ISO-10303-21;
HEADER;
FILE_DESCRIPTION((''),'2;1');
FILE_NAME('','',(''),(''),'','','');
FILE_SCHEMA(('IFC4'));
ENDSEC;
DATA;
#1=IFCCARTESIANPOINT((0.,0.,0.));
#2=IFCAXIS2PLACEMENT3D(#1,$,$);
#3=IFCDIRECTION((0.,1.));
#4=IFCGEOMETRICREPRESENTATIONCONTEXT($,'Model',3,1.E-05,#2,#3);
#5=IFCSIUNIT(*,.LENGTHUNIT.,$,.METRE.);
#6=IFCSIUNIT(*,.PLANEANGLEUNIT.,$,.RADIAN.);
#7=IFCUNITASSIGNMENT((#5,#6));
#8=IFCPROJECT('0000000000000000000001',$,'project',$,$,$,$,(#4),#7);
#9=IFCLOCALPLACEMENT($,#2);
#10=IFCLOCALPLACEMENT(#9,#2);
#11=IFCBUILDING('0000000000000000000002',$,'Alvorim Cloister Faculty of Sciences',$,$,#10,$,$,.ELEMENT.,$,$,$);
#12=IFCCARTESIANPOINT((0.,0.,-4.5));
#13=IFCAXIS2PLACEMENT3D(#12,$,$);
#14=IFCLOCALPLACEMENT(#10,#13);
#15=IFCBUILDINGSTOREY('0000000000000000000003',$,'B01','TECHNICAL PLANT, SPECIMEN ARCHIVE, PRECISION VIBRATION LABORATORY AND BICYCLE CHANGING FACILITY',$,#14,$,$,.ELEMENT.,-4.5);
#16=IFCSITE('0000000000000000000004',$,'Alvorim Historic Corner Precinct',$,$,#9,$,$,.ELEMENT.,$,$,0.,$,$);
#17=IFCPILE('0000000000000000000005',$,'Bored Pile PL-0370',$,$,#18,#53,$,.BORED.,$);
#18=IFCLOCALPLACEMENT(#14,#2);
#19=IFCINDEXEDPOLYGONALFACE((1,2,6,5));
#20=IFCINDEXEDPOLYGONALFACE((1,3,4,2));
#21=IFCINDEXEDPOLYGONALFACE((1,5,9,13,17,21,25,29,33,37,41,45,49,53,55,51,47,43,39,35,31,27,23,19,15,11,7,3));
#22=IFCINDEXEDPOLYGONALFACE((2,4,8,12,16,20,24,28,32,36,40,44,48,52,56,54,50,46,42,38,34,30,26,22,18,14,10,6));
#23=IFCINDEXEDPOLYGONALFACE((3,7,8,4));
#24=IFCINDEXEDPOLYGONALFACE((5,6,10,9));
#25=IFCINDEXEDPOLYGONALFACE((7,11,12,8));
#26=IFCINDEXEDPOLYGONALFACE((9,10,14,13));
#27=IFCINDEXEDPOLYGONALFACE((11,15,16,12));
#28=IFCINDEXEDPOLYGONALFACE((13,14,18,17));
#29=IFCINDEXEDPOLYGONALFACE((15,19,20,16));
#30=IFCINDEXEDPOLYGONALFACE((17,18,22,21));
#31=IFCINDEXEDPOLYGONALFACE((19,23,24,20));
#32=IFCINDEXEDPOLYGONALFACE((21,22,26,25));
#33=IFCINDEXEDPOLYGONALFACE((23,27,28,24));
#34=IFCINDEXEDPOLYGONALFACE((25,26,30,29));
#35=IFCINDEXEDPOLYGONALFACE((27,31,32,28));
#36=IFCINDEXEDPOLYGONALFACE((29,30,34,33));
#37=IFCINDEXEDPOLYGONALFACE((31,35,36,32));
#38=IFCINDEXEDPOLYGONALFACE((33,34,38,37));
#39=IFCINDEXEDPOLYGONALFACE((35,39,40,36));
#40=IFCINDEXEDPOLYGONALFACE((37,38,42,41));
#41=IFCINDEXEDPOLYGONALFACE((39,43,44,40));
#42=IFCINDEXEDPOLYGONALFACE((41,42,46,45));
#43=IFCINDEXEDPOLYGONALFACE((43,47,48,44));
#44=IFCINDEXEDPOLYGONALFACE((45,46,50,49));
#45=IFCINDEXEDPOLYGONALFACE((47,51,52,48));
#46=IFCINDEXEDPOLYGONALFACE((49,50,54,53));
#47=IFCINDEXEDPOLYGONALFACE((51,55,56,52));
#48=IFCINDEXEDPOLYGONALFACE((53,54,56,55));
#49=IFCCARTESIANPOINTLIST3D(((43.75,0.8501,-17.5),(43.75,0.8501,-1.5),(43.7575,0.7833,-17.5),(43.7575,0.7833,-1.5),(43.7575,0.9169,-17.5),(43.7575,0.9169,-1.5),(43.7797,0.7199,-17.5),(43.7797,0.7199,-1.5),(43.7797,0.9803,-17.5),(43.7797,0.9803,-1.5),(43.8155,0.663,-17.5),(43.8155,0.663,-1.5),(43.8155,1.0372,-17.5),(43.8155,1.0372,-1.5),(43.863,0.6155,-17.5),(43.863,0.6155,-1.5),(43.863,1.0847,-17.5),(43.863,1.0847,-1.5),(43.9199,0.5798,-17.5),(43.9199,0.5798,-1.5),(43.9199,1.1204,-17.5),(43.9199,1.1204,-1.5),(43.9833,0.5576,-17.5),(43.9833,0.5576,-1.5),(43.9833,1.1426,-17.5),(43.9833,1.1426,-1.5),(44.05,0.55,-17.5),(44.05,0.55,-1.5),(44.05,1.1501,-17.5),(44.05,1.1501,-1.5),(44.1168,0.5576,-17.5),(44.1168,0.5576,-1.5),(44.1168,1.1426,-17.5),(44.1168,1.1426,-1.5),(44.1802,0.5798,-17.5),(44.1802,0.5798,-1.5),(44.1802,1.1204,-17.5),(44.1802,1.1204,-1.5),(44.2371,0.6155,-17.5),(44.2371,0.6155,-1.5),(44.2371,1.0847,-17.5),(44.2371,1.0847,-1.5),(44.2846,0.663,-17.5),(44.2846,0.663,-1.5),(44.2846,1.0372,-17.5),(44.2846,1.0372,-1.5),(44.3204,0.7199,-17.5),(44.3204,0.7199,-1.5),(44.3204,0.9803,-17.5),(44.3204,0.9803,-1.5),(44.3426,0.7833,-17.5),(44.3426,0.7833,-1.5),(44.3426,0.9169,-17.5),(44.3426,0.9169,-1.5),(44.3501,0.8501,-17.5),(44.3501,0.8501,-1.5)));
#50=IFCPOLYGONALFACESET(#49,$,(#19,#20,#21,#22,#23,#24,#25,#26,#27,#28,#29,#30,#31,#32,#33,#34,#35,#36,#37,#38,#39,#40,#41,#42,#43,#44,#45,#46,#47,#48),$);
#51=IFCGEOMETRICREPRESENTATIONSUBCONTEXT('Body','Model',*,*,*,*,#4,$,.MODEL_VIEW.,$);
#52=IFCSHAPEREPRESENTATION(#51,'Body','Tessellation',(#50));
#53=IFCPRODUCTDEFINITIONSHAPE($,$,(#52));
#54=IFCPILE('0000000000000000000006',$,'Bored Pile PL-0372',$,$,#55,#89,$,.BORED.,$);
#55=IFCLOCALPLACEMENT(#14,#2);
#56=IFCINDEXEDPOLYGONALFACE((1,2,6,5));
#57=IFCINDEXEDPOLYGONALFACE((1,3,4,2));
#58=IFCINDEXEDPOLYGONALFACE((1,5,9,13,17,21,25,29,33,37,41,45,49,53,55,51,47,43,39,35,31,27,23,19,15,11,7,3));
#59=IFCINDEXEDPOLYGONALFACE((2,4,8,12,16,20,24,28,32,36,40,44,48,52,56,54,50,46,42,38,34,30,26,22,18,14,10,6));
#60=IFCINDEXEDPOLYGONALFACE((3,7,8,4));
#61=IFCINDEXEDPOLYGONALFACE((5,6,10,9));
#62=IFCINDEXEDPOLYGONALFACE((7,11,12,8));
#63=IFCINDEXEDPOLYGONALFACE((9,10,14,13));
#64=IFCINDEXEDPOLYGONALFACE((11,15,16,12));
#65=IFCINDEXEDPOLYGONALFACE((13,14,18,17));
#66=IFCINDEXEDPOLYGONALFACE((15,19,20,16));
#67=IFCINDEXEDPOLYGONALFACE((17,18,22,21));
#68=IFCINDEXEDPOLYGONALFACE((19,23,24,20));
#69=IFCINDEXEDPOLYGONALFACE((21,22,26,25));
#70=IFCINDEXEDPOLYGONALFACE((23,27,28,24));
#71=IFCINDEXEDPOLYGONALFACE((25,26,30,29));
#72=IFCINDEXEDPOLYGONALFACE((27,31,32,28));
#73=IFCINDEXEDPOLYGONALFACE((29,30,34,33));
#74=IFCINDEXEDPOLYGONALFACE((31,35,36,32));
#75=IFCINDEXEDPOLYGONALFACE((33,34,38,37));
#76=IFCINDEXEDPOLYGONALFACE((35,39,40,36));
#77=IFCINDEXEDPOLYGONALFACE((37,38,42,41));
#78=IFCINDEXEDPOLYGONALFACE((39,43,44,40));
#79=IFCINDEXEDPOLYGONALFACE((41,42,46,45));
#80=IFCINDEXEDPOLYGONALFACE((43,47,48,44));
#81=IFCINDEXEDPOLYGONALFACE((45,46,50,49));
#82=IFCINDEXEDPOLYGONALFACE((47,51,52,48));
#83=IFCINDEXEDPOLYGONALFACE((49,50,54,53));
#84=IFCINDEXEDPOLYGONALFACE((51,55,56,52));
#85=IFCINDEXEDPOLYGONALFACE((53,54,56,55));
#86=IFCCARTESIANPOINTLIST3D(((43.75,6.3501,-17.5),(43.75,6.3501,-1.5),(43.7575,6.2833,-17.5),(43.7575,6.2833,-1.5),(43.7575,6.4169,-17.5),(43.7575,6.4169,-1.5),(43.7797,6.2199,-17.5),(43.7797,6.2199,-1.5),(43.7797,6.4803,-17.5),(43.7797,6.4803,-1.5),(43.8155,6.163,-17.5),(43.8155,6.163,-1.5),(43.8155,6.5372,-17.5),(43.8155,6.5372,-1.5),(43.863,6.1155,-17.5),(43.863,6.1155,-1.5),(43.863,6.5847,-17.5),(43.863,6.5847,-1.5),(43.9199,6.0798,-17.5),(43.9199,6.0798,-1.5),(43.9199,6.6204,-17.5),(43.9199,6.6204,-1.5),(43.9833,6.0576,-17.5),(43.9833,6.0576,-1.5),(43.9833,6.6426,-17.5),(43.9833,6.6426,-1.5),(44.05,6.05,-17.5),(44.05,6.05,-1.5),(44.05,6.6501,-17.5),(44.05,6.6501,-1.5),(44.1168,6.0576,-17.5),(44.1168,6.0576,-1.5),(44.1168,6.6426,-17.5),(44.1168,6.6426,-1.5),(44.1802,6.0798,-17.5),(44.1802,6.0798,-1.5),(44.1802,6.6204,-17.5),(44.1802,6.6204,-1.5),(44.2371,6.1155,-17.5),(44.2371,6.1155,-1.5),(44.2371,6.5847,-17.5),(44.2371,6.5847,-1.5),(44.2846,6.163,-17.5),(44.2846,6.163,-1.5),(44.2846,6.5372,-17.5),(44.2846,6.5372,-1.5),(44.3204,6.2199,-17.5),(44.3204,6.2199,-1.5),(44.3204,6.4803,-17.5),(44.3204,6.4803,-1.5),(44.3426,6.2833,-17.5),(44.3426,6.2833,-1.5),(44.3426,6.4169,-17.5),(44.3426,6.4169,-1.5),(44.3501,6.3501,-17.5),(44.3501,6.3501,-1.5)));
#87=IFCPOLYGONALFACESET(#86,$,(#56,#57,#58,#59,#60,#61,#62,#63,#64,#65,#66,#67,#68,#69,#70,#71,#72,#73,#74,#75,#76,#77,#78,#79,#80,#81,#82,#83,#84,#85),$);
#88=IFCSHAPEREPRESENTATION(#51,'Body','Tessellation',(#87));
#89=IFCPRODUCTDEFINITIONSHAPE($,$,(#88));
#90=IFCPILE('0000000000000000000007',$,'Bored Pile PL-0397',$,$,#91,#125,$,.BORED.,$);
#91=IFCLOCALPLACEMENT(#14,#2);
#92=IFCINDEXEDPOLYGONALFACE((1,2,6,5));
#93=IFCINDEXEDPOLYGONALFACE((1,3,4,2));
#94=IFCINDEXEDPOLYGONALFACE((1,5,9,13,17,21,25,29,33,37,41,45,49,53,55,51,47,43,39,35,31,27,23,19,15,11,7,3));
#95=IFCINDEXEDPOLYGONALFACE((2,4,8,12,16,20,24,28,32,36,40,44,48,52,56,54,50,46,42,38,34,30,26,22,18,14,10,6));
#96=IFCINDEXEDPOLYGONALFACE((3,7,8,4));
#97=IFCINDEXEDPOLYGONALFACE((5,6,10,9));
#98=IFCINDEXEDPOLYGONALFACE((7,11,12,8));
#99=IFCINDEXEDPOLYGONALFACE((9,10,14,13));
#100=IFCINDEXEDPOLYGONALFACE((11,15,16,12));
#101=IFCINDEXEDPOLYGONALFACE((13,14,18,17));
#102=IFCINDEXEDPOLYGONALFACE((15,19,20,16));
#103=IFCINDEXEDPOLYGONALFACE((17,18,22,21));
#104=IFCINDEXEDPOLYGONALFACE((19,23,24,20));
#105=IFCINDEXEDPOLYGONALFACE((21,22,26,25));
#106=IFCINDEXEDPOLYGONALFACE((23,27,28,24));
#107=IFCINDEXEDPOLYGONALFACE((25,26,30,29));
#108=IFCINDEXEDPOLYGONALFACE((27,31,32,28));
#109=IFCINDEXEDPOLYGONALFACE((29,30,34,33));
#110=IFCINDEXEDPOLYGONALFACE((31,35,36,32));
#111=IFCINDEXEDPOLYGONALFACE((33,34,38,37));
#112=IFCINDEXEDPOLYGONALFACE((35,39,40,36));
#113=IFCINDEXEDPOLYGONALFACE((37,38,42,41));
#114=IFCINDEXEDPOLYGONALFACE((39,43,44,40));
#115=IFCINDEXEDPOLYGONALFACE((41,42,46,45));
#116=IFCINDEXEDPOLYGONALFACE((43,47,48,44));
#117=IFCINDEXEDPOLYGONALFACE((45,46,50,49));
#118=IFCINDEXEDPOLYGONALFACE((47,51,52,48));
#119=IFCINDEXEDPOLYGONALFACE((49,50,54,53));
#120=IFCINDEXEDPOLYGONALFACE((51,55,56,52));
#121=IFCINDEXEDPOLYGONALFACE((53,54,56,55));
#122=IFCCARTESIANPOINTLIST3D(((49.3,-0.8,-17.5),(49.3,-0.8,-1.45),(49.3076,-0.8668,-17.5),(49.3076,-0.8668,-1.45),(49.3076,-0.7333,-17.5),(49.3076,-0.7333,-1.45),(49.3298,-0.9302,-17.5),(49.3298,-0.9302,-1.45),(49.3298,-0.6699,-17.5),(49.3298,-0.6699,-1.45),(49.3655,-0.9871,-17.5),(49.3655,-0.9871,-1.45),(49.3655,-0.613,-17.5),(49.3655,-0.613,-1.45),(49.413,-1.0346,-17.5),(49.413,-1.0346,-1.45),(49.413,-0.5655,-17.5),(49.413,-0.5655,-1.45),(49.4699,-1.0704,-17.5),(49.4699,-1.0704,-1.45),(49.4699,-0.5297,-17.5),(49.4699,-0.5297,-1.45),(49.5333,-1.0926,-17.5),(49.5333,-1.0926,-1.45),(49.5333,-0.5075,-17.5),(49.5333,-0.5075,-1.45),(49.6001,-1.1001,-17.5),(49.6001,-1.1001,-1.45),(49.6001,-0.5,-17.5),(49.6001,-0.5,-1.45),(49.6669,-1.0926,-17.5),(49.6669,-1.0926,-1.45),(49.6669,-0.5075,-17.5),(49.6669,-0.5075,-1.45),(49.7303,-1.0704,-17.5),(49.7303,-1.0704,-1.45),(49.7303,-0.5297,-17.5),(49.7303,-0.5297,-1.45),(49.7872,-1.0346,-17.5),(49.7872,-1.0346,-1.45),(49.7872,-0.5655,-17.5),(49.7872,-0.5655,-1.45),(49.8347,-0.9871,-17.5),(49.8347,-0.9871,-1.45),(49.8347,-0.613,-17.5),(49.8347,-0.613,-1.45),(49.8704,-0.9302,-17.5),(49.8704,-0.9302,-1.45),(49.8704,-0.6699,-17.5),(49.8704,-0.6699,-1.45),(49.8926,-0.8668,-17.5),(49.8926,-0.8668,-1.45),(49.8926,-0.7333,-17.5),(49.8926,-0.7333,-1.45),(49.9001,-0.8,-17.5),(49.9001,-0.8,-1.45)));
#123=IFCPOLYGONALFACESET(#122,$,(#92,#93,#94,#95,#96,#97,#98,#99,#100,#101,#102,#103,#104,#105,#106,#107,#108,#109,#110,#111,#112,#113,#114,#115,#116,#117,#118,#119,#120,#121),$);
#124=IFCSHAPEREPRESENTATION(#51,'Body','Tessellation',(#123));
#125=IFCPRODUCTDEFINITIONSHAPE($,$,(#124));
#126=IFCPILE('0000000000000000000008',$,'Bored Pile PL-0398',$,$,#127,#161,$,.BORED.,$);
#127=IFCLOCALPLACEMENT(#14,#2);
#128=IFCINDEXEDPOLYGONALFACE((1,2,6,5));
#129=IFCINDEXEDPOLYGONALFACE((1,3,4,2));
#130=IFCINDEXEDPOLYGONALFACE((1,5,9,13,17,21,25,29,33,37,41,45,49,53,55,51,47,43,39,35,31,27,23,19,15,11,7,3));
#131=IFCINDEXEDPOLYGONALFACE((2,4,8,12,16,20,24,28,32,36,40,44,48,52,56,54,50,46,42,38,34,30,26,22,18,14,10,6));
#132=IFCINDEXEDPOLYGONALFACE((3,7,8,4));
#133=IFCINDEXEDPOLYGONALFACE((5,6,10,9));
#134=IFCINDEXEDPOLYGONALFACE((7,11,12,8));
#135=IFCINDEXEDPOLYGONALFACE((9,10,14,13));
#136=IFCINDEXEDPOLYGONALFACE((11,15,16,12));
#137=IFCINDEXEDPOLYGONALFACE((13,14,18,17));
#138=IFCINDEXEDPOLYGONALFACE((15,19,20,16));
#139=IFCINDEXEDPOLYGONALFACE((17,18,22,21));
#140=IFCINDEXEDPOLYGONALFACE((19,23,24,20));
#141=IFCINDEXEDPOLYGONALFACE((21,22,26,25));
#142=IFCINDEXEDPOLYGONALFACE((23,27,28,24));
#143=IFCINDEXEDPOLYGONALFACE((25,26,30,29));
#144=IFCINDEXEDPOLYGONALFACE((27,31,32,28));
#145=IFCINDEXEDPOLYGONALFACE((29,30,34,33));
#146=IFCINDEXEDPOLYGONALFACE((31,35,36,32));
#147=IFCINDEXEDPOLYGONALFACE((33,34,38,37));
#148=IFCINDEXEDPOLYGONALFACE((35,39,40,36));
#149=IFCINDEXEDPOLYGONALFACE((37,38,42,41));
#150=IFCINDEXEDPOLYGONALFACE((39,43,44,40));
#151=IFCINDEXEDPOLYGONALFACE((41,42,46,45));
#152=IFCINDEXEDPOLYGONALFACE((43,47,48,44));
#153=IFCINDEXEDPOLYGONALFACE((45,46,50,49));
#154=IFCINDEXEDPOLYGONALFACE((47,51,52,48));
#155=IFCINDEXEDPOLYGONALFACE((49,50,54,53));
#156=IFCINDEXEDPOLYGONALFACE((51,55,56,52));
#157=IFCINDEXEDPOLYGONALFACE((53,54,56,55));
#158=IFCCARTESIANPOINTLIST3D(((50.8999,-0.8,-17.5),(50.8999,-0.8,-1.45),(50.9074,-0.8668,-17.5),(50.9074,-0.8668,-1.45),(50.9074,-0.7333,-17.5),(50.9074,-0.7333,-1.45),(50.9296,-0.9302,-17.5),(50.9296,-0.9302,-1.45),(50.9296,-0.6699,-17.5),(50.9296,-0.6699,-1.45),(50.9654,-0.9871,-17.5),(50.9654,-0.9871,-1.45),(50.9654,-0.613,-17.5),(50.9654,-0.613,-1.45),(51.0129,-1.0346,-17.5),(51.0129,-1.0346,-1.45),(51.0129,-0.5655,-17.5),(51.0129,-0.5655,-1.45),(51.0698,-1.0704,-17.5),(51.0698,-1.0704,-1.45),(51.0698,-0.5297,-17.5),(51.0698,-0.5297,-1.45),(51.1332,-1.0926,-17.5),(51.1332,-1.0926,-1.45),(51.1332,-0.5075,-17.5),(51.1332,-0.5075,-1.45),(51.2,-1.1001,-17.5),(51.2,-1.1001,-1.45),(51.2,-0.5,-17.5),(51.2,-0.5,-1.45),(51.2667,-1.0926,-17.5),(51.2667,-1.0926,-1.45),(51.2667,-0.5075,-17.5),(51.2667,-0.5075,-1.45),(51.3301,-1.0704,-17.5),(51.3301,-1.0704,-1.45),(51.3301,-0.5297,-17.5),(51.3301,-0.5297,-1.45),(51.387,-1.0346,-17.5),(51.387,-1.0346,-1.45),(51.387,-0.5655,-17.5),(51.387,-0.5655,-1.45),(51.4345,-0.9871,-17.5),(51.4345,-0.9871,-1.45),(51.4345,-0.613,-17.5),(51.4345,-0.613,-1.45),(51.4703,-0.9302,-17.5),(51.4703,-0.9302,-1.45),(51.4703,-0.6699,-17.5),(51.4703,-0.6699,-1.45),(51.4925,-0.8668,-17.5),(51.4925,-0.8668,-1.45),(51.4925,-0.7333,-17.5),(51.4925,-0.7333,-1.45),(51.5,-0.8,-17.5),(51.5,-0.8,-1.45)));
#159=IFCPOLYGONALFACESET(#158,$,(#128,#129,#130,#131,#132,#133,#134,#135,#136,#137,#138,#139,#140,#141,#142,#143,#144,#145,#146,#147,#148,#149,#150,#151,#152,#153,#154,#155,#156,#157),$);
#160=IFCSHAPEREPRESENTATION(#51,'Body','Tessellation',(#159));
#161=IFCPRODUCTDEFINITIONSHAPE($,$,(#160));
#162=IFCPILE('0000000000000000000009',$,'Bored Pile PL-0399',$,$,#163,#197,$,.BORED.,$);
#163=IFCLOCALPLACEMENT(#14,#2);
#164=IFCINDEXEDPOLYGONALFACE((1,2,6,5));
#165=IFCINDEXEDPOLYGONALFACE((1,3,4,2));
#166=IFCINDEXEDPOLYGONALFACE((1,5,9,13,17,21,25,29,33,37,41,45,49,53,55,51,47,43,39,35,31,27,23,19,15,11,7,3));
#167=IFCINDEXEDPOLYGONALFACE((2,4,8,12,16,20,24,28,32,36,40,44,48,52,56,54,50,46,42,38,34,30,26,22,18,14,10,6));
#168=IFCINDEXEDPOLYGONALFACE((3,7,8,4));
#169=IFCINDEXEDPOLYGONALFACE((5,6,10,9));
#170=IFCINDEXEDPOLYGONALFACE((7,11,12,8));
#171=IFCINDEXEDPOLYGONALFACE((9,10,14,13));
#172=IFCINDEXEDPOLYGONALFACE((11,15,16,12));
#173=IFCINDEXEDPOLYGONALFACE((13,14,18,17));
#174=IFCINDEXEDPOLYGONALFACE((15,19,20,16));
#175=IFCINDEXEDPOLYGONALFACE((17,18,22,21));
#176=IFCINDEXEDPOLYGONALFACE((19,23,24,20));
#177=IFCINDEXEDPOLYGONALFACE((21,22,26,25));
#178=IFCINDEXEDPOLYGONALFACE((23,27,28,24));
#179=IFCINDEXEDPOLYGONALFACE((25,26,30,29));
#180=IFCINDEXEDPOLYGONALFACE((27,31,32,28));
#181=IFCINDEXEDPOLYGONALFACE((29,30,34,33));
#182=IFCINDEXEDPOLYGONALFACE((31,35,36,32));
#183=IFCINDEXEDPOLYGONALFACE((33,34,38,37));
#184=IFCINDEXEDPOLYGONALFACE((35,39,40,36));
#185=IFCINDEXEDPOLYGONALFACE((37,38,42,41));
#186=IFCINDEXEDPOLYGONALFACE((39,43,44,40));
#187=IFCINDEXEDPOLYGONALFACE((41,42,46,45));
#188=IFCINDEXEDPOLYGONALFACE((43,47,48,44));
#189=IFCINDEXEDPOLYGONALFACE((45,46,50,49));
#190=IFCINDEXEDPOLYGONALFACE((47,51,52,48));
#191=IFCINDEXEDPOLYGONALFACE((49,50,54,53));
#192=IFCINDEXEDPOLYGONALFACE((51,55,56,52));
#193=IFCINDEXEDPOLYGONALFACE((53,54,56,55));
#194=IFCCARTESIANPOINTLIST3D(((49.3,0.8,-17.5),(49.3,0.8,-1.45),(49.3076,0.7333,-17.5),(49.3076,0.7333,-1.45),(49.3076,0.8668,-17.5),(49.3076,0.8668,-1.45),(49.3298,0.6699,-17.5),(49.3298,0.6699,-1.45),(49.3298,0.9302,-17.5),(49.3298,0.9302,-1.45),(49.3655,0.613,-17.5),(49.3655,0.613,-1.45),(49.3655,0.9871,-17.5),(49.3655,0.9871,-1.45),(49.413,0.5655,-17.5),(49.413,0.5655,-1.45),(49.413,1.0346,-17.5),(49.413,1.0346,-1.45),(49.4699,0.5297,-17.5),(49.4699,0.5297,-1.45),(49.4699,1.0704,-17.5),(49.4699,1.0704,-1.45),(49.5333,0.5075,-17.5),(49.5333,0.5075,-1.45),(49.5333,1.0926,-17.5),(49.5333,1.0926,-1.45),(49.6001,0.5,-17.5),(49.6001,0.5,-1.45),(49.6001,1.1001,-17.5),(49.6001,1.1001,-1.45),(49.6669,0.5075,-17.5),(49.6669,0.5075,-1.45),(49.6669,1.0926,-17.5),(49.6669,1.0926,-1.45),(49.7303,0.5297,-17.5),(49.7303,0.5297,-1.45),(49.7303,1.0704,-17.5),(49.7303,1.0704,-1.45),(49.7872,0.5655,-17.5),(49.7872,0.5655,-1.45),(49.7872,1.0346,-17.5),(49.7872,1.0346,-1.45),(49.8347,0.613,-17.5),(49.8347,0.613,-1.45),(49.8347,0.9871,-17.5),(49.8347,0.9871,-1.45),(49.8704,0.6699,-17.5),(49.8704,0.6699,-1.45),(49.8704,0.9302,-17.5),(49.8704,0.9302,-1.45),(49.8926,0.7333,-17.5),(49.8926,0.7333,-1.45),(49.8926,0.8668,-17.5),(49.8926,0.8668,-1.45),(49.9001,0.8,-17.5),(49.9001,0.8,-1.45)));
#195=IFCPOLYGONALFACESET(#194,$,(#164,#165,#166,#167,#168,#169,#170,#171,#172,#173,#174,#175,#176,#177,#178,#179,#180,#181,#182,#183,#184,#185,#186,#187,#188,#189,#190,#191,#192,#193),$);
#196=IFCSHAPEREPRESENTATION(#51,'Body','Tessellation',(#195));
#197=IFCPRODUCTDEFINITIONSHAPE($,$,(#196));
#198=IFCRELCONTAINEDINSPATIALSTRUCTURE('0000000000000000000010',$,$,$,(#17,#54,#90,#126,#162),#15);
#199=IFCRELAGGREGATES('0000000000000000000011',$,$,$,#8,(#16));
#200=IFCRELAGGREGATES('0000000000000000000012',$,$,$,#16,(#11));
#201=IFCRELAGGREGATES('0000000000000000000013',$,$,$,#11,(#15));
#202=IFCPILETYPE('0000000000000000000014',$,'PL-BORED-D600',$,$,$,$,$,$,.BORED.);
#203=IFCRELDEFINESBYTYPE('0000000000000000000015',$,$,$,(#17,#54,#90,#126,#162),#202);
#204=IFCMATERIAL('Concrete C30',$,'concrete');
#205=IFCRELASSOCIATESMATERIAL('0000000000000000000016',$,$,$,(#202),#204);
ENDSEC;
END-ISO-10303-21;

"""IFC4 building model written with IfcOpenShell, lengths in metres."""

from ifc_helpers import new_model, si_unit, direction, frame, origin, origin_2d, place, context, subcontext, project, spatial, circle, extrude, material, material_profile, profile_set, type_object, element, save


model = new_model("IFC4")

# Units and contexts
model_context = context("Model", 3, precision=1e-05, world=origin(), true_north=direction((0.0, 1.0)))
body_context = subcontext(model_context, "Body", "Model", "MODEL_VIEW")
ifc_project = project(units=[si_unit("LENGTHUNIT", "METRE"), si_unit("PLANEANGLEUNIT", "RADIAN")], contexts=[model_context])

# Site, building, storey
site_placement = place(None, origin())
site = spatial("IfcSite", under=ifc_project, at=site_placement, Name="Alvorim Historic Corner Precinct", CompositionType="ELEMENT", RefElevation=0.0)
building_placement = place(site_placement, origin())
building = spatial("IfcBuilding", under=site, at=building_placement, Name="Alvorim Cloister Faculty of Sciences", CompositionType="ELEMENT")
storey_placement = place(building_placement, frame((0.0, 0.0, -4.5)))
storey = spatial("IfcBuildingStorey", under=building, at=storey_placement, Name="B01", Description="TECHNICAL PLANT, SPECIMEN ARCHIVE, PRECISION VIBRATION LABORATORY AND BICYCLE CHANGING FACILITY", CompositionType="ELEMENT", Elevation=-4.5)

# Piles
ifc_material_1 = material(Name="Concrete C30", Category="concrete")
ifc_material_profile_1 = material_profile(ifc_material_1, circle(Radius=0.3, at=origin_2d()), Name="PILE-D600")
ifc_profile_set_1 = profile_set([ifc_material_profile_1], Name="Concrete C30")
pile_type = type_object("IfcPileType", Name="PL-BORED-D600", PredefinedType="BORED", material=ifc_profile_set_1)
for number, where, z_axis, x_axis, name in (
    (1, (44.05, 0.8501, -1.5), (0.0, 0.0, -1.0), (1.0, 0.0, 0.0), "Bored Pile PL-0370"),
    (2, (44.05, 6.3501, -1.5), (0.0, 0.0, -1.0), (1.0, 0.0, 0.0), "Bored Pile PL-0372"),
):
    element("IfcPile", number, at=place(storey_placement, frame(where, z_axis=z_axis, x_axis=x_axis)), inside=storey, type_object=pile_type, Name=name, PredefinedType="BORED", context=body_context, shape_type="SweptSolid", body=[
        extrude(circle(Radius=0.3, at=origin_2d()), origin(), (0.0, 0.0, 1.0), 16.0),
    ])
for number, where, z_axis, x_axis, name in (
    (3, (49.6001, -0.8, -1.45), (0.0, 0.0, -1.0), (1.0, 0.0, 0.0), "Bored Pile PL-0397"),
    (4, (51.2, -0.8, -1.45), (0.0, 0.0, -1.0), (1.0, 0.0, 0.0), "Bored Pile PL-0398"),
    (5, (49.6001, 0.8, -1.45), (0.0, 0.0, -1.0), (1.0, 0.0, 0.0), "Bored Pile PL-0399"),
):
    element("IfcPile", number, at=place(storey_placement, frame(where, z_axis=z_axis, x_axis=x_axis)), inside=storey, type_object=pile_type, Name=name, PredefinedType="BORED", context=body_context, shape_type="SweptSolid", body=[
        extrude(circle(Radius=0.3, at=origin_2d()), origin(), (0.0, 0.0, 1.0), 16.05),
    ])

save(model, "model.ifc")
